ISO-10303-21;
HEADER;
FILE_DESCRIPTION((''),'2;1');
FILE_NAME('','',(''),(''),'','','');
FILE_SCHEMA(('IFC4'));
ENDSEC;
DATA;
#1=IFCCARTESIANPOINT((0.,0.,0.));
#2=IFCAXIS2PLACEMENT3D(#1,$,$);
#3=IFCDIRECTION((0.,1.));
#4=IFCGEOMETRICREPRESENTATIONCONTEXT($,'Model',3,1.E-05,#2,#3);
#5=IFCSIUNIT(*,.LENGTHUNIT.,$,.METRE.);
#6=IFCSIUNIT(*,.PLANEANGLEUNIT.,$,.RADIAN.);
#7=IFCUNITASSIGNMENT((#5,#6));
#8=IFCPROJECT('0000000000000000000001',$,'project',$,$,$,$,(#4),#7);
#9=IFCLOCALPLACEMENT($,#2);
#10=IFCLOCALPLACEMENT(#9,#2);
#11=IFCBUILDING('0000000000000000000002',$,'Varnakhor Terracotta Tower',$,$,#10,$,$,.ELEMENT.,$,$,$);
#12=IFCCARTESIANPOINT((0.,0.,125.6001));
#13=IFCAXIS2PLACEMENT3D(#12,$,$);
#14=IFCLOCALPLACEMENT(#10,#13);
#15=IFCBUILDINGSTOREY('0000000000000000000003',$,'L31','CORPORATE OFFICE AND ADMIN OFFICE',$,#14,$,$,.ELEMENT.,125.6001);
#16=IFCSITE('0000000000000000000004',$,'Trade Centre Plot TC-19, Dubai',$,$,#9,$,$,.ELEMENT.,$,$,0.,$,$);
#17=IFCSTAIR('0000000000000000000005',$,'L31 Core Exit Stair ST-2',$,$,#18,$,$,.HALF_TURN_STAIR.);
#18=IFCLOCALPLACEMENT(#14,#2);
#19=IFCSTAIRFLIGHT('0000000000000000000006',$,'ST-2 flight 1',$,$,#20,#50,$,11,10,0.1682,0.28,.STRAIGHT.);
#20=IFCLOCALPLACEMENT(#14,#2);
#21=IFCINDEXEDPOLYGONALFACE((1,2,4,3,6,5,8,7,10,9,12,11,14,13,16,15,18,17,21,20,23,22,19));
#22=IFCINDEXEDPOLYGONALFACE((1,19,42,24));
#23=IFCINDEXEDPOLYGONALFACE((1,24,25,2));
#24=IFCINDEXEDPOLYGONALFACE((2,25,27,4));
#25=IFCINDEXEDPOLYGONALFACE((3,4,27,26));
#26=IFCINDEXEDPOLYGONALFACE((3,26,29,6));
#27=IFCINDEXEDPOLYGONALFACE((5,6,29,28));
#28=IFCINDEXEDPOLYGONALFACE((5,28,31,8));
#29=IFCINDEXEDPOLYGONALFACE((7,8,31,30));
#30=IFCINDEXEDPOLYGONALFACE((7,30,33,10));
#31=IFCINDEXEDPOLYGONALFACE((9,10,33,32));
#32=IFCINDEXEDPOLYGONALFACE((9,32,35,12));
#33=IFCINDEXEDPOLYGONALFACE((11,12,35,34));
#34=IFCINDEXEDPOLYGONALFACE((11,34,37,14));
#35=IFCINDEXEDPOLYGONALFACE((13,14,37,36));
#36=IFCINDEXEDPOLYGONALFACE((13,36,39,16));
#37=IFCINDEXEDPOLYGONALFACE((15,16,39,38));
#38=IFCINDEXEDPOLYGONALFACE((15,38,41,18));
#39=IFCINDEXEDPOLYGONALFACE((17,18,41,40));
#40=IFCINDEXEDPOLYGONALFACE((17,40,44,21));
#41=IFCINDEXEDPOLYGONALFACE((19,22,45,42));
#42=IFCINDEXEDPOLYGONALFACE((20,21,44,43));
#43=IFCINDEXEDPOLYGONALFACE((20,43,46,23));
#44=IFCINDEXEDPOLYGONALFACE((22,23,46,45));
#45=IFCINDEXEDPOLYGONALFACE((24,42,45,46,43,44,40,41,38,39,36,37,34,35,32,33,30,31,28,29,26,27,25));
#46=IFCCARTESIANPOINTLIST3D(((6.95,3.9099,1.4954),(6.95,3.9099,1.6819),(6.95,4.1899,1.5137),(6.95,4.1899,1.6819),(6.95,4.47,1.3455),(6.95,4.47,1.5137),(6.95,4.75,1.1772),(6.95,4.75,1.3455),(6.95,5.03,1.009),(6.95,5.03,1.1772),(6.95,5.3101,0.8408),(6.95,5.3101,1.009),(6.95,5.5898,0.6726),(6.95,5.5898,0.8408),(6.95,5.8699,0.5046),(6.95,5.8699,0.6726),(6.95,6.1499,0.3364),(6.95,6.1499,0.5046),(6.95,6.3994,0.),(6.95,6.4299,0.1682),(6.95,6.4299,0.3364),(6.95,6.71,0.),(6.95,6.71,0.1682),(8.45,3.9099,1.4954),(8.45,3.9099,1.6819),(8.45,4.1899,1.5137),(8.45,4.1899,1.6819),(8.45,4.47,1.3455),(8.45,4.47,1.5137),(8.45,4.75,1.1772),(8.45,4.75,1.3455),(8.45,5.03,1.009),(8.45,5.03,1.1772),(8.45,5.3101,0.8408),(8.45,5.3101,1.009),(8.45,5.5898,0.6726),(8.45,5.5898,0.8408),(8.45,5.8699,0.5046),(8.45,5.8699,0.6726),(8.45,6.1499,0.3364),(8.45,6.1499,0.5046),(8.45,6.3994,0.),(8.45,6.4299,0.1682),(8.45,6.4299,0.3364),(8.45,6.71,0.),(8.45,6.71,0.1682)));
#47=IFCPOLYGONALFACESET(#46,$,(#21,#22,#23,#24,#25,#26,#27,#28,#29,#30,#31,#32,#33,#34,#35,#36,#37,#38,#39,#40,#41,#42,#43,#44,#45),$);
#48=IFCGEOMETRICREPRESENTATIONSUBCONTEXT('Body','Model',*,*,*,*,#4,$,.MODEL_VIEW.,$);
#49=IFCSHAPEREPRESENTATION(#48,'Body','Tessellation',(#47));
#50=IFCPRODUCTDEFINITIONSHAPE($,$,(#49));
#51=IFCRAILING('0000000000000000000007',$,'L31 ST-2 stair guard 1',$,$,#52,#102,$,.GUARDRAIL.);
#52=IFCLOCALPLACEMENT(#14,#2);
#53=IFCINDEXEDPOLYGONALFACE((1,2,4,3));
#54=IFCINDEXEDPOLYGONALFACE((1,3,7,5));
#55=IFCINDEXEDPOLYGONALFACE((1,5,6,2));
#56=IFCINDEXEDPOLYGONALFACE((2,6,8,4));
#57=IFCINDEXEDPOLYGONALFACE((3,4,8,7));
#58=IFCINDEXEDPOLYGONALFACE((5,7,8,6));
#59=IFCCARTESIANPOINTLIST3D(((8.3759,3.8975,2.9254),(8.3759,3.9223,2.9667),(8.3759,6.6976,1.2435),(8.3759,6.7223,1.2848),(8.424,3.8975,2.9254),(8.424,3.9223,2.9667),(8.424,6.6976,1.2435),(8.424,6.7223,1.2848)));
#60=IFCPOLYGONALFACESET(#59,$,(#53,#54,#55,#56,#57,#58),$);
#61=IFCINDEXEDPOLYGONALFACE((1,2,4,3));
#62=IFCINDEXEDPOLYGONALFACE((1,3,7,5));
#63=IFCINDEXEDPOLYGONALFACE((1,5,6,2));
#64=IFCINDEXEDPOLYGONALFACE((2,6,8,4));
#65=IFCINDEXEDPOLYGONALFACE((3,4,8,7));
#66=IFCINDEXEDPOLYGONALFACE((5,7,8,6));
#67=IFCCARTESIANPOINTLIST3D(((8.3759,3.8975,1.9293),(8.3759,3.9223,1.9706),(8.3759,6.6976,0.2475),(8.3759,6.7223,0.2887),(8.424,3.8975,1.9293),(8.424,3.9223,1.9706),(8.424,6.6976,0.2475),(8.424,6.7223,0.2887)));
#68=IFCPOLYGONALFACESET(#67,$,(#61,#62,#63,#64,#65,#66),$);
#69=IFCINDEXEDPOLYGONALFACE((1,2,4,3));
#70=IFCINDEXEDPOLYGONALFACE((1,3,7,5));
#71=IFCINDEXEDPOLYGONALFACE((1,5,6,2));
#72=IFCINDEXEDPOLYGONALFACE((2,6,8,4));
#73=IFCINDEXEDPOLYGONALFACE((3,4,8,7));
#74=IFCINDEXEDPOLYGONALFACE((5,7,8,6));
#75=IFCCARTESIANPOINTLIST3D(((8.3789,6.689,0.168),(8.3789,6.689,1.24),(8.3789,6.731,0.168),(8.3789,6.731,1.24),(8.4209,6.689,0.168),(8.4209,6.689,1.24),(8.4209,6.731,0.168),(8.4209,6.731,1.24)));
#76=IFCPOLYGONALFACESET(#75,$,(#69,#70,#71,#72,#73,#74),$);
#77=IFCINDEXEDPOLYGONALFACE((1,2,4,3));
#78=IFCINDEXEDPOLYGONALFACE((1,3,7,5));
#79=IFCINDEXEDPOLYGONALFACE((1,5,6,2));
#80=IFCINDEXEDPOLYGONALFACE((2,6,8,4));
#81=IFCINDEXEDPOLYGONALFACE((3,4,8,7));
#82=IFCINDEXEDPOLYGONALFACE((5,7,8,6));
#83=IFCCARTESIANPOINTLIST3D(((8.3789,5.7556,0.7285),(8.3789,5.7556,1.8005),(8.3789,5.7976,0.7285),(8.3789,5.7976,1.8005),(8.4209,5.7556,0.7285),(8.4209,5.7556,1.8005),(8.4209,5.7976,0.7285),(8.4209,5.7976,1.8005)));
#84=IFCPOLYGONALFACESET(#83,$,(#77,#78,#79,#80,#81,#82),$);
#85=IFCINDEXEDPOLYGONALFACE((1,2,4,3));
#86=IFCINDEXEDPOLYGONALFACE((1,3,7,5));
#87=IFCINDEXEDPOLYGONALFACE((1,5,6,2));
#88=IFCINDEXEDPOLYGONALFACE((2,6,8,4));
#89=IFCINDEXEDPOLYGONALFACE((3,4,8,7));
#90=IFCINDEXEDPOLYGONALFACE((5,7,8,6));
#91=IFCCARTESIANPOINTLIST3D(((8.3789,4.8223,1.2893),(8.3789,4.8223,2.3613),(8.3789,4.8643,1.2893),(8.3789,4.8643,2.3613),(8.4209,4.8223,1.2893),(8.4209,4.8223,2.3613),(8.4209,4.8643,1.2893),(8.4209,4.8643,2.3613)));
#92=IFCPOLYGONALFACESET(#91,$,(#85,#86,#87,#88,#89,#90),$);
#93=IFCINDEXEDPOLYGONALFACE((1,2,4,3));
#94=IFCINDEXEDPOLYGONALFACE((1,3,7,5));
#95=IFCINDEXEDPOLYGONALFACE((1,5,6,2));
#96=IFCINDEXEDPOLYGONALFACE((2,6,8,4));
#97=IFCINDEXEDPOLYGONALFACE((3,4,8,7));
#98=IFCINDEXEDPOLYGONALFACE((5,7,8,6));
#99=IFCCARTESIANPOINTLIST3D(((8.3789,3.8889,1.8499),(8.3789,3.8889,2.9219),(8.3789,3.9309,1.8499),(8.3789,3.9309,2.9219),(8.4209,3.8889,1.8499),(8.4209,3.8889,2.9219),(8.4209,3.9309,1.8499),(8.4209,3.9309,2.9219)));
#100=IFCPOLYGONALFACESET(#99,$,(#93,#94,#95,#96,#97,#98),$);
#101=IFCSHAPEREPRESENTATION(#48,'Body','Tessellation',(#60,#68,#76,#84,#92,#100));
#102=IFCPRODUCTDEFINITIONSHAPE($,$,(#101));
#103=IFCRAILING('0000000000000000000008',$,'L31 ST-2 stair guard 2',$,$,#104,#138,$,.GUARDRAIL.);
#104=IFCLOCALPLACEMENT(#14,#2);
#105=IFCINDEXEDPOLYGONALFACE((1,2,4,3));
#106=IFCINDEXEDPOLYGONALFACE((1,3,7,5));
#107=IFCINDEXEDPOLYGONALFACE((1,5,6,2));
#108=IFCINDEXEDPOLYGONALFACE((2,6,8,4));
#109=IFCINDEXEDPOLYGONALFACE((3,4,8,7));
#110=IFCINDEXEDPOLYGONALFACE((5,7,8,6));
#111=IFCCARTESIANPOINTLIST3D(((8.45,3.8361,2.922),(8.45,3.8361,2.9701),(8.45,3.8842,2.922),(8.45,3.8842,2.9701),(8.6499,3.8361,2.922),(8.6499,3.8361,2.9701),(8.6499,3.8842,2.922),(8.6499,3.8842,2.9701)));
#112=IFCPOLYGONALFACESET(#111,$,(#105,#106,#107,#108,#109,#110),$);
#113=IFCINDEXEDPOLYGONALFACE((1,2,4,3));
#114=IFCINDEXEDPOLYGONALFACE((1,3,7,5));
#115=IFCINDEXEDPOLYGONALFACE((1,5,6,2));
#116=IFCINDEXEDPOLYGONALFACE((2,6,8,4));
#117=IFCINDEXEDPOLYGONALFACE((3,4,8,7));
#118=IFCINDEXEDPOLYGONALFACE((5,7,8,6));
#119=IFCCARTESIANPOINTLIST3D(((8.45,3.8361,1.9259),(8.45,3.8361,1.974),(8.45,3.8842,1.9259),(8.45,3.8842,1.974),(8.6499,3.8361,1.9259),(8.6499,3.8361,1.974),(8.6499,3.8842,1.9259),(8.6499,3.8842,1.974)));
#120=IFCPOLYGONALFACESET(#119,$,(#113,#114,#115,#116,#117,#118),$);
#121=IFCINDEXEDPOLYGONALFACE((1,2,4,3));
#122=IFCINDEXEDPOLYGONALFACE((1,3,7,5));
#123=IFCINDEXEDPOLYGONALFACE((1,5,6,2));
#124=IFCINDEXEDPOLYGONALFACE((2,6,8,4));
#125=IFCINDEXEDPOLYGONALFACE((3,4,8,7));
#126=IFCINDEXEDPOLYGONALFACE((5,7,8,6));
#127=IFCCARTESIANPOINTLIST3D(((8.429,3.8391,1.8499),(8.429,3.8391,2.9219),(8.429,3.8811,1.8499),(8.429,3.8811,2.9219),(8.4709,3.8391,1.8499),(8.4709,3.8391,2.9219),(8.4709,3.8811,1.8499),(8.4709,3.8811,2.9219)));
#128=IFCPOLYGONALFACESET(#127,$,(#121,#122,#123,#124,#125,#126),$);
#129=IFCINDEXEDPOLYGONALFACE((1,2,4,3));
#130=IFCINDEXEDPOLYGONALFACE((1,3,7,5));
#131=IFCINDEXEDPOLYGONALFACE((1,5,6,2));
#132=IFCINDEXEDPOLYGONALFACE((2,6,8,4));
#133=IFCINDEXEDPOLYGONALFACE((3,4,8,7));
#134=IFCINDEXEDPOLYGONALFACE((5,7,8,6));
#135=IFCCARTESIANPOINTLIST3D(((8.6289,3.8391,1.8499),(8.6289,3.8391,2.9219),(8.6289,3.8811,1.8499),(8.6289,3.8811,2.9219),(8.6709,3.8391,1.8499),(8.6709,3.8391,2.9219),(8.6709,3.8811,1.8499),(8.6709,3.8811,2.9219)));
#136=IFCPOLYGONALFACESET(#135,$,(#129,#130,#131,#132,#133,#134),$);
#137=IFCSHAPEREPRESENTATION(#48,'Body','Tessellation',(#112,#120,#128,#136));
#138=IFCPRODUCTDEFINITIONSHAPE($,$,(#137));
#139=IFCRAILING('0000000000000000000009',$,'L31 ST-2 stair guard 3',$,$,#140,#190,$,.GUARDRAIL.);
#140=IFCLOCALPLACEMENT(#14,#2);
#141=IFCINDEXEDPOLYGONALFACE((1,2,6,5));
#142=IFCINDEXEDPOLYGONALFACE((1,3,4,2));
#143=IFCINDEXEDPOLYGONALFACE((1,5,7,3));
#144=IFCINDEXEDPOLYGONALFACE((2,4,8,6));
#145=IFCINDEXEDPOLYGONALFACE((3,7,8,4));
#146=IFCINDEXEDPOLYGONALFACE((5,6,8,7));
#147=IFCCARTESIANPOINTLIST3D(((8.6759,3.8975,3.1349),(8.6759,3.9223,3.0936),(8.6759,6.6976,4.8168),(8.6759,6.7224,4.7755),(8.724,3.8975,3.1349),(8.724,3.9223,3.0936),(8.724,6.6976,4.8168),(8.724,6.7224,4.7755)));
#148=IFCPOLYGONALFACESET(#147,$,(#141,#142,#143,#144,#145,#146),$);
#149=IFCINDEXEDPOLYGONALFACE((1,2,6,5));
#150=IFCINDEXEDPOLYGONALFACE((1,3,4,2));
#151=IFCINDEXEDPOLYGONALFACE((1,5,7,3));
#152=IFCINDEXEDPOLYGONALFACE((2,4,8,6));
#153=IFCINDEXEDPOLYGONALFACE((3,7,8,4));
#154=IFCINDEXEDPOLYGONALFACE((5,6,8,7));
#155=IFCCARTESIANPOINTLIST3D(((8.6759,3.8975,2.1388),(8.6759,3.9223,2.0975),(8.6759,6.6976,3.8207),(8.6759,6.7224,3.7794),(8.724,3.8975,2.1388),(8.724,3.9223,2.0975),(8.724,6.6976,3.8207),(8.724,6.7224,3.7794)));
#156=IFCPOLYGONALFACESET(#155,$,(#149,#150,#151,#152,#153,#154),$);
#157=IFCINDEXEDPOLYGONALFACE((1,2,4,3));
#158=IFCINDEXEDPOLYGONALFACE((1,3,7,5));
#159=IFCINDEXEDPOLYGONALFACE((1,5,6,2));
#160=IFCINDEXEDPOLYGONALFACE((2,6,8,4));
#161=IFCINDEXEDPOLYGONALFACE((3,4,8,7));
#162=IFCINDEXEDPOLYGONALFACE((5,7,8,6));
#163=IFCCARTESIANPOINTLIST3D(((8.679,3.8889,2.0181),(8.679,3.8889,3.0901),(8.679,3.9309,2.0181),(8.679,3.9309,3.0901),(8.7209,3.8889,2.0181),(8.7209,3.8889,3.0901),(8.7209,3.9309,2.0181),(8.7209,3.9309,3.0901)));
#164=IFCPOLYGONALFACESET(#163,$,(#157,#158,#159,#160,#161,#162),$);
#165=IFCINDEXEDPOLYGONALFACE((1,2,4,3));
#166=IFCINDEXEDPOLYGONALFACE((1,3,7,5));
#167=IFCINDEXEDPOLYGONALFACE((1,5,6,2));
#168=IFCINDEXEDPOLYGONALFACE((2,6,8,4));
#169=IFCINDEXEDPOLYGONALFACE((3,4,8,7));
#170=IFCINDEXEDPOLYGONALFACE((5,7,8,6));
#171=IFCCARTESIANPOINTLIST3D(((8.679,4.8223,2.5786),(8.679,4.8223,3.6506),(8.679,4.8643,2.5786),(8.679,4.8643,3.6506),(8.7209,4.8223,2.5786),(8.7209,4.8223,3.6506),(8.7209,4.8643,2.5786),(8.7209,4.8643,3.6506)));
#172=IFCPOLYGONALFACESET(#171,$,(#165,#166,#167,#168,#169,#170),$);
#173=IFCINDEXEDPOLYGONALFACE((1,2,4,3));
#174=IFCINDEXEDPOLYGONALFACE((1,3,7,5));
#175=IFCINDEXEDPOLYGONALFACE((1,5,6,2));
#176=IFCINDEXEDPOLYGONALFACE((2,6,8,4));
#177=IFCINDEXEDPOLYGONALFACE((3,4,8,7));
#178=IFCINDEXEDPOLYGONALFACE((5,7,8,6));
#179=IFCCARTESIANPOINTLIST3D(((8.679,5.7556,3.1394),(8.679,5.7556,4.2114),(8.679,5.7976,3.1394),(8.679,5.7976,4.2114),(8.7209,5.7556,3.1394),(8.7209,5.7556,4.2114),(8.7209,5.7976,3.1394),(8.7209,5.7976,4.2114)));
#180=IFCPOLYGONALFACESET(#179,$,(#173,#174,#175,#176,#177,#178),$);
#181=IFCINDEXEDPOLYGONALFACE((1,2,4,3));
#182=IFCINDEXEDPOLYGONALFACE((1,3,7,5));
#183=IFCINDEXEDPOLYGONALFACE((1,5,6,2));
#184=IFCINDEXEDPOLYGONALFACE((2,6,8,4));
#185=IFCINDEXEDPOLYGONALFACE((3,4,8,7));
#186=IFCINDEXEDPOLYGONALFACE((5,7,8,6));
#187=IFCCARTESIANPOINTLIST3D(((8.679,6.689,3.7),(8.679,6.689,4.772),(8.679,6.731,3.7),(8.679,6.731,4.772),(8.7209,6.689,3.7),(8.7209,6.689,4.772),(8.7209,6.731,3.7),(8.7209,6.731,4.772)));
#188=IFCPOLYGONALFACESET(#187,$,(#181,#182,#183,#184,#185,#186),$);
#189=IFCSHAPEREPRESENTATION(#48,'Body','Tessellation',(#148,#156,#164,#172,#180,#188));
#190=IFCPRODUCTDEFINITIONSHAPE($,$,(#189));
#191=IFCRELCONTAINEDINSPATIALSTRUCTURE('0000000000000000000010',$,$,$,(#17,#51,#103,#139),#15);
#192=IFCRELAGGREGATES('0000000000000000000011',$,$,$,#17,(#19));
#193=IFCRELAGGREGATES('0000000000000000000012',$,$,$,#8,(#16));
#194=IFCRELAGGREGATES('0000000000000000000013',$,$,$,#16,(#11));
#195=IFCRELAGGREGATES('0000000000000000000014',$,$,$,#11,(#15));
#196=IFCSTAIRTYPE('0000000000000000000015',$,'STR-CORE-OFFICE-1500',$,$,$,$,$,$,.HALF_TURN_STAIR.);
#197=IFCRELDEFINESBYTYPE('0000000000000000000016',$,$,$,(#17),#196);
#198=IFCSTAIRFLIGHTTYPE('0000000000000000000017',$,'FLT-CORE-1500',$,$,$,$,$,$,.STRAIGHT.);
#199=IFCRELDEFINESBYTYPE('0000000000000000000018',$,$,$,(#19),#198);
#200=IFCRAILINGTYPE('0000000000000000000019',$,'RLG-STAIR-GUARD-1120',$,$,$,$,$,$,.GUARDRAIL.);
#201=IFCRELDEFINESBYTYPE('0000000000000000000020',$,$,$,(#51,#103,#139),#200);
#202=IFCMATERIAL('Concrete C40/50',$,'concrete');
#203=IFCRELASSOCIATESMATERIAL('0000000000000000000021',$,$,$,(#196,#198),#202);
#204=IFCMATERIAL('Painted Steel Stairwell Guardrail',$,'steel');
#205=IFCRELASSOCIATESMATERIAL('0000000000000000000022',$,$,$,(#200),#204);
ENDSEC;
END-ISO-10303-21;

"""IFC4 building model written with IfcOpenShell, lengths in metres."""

from ifc_helpers import new_model, si_unit, direction, frame, origin, origin_2d, place, context, subcontext, project, spatial, polyline, rectangle, outline, extrude, material, type_object, element, aggregate, save


model = new_model("IFC4")

# Units and contexts
model_context = context("Model", 3, precision=1e-05, world=origin(), true_north=direction((0.0, 1.0)))
body_context = subcontext(model_context, "Body", "Model", "MODEL_VIEW")
ifc_project = project(units=[si_unit("LENGTHUNIT", "METRE"), si_unit("PLANEANGLEUNIT", "RADIAN")], contexts=[model_context])

# Site, building, storey
site_placement = place(None, origin())
site = spatial("IfcSite", under=ifc_project, at=site_placement, Name="Trade Centre Plot TC-19, Dubai", CompositionType="ELEMENT", RefElevation=0.0)
building_placement = place(site_placement, origin())
building = spatial("IfcBuilding", under=site, at=building_placement, Name="Varnakhor Terracotta Tower", CompositionType="ELEMENT")
storey_placement = place(building_placement, frame((0.0, 0.0, 125.6001)))
storey = spatial("IfcBuildingStorey", under=building, at=storey_placement, Name="L31", Description="CORPORATE OFFICE AND ADMIN OFFICE", CompositionType="ELEMENT", Elevation=125.6001)

# Shared definitions
ifc_material_1 = material(Name="Concrete C40/50", Category="concrete")

# Stair, stair flight
stair_type = type_object("IfcStairType", Name="STR-CORE-OFFICE-1500", PredefinedType="HALF_TURN_STAIR", material=ifc_material_1)
stair_placement = place(storey_placement, origin())
stair = element("IfcStair", 1, at=stair_placement, inside=storey, type_object=stair_type, Name="L31 Core Exit Stair ST-2", PredefinedType="HALF_TURN_STAIR")
stair_flight_type = type_object("IfcStairFlightType", Name="FLT-CORE-1500", PredefinedType="STRAIGHT", material=ifc_material_1)
stair_flight_placement = place(storey_placement, frame((7.7, 6.71, 0.0), z_axis=(0.0, 0.0, 1.0), x_axis=(0.0, -1.0, 0.0)))
stair_flight = element("IfcStairFlight", 2, at=stair_flight_placement, type_object=stair_flight_type, Name="ST-2 flight 1", NumberOfRisers=11, NumberOfTreads=10, PredefinedType="STRAIGHT", RiserHeight=0.1682, TreadLength=0.28, context=body_context, shape_type="SweptSolid", body=[
    extrude(outline(polyline([(0.0, 0.0), (0.0, 0.1682), (0.28, 0.1682), (0.28, 0.3364), (0.5601, 0.3364), (0.5601, 0.5046), (0.8401, 0.5046), (0.8401, 0.6726), (1.1201, 0.6726), (1.1201, 0.8408), (1.3999, 0.8408), (1.3999, 1.009), (1.6799, 1.009), (1.6799, 1.1772), (1.96, 1.1772), (1.96, 1.3455), (2.24, 1.3455), (2.24, 1.5137), (2.52, 1.5137), (2.52, 1.6819), (2.8, 1.6819), (2.8, 1.8501), (2.8, 1.4954), (0.3105, 0.0), (0.0, 0.0)])), frame((0.0, 0.75, 0.0), z_axis=(0.0, -1.0, 0.0), x_axis=(1.0, 0.0, 0.0)), (0.0, 0.0, 1.0), 1.5),
])
aggregate(stair, [stair_flight])

# Railings
ifc_material_2 = material(Name="Painted Steel Stairwell Guardrail", Category="steel")
railing_type_1 = type_object("IfcRailingType", Name="RLG-STAIR-GUARD-1120", PredefinedType="GUARDRAIL", material=ifc_material_2)
railing_1_placement = place(storey_placement, frame((8.3999, 6.71, 0.168)))
element("IfcRailing", 3, at=railing_1_placement, inside=storey, type_object=railing_type_1, Name="L31 ST-2 stair guard 1", PredefinedType="GUARDRAIL", context=body_context, shape_type="SweptSolid", body=[
    extrude(rectangle(XDim=0.0481, YDim=0.0481, at=origin_2d()), frame((0.0, 0.0, 1.0962), z_axis=(0.0, -0.857242, 0.514913), x_axis=(1.0, 0.0, 0.0)), (0.0, 0.0, 1.0), 3.2664),
    extrude(rectangle(XDim=0.0481, YDim=0.0481, at=origin_2d()), frame((0.0, 0.0, 0.1001), z_axis=(0.0, -0.857242, 0.514913), x_axis=(1.0, 0.0, 0.0)), (0.0, 0.0, 1.0), 3.2664),
    extrude(rectangle(XDim=0.042, YDim=0.042, at=origin_2d()), origin(), (0.0, 0.0, 1.0), 1.072),
    extrude(rectangle(XDim=0.042, YDim=0.042, at=origin_2d()), frame((0.0, -0.9333, 0.5605)), (0.0, 0.0, 1.0), 1.072),
    extrude(rectangle(XDim=0.042, YDim=0.042, at=origin_2d()), frame((0.0, -1.8667, 1.1213)), (0.0, 0.0, 1.0), 1.072),
    extrude(rectangle(XDim=0.042, YDim=0.042, at=origin_2d()), frame((0.0, -2.8, 1.6819)), (0.0, 0.0, 1.0), 1.072),
])
railing_2_placement = place(storey_placement, frame((8.45, 3.8601, 1.8499)))
element("IfcRailing", 4, at=railing_2_placement, inside=storey, type_object=railing_type_1, Name="L31 ST-2 stair guard 2", PredefinedType="GUARDRAIL", context=body_context, shape_type="SweptSolid", body=[
    extrude(rectangle(XDim=0.0481, YDim=0.0481, at=origin_2d()), frame((0.0, 0.0, 1.0962), z_axis=(1.0, 0.0, 0.0), x_axis=(0.0, 1.0, 0.0)), (0.0, 0.0, 1.0), 0.2),
    extrude(rectangle(XDim=0.0481, YDim=0.0481, at=origin_2d()), frame((0.0, 0.0, 0.1001), z_axis=(1.0, 0.0, 0.0), x_axis=(0.0, 1.0, 0.0)), (0.0, 0.0, 1.0), 0.2),
    extrude(rectangle(XDim=0.042, YDim=0.042, at=origin_2d()), origin(), (0.0, 0.0, 1.0), 1.072),
    extrude(rectangle(XDim=0.042, YDim=0.042, at=origin_2d()), frame((0.2, 0.0, 0.0)), (0.0, 0.0, 1.0), 1.072),
])
railing_3_placement = place(storey_placement, frame((8.7, 3.9099, 2.0181)))
element("IfcRailing", 5, at=railing_3_placement, inside=storey, type_object=railing_type_1, Name="L31 ST-2 stair guard 3", PredefinedType="GUARDRAIL", context=body_context, shape_type="SweptSolid", body=[
    extrude(rectangle(XDim=0.0481, YDim=0.0481, at=origin_2d()), frame((0.0, 0.0, 1.0962), z_axis=(0.0, 0.857242, 0.514913), x_axis=(-1.0, 0.0, 0.0)), (0.0, 0.0, 1.0), 3.2664),
    extrude(rectangle(XDim=0.0481, YDim=0.0481, at=origin_2d()), frame((0.0, 0.0, 0.1001), z_axis=(0.0, 0.857242, 0.514913), x_axis=(-1.0, 0.0, 0.0)), (0.0, 0.0, 1.0), 3.2664),
    extrude(rectangle(XDim=0.042, YDim=0.042, at=origin_2d()), origin(), (0.0, 0.0, 1.0), 1.072),
    extrude(rectangle(XDim=0.042, YDim=0.042, at=origin_2d()), frame((0.0, 0.9333, 0.5605)), (0.0, 0.0, 1.0), 1.072),
    extrude(rectangle(XDim=0.042, YDim=0.042, at=origin_2d()), frame((0.0, 1.8667, 1.1213)), (0.0, 0.0, 1.0), 1.072),
    extrude(rectangle(XDim=0.042, YDim=0.042, at=origin_2d()), frame((0.0, 2.8, 1.6819)), (0.0, 0.0, 1.0), 1.072),
])

save(model, "model.ifc")
